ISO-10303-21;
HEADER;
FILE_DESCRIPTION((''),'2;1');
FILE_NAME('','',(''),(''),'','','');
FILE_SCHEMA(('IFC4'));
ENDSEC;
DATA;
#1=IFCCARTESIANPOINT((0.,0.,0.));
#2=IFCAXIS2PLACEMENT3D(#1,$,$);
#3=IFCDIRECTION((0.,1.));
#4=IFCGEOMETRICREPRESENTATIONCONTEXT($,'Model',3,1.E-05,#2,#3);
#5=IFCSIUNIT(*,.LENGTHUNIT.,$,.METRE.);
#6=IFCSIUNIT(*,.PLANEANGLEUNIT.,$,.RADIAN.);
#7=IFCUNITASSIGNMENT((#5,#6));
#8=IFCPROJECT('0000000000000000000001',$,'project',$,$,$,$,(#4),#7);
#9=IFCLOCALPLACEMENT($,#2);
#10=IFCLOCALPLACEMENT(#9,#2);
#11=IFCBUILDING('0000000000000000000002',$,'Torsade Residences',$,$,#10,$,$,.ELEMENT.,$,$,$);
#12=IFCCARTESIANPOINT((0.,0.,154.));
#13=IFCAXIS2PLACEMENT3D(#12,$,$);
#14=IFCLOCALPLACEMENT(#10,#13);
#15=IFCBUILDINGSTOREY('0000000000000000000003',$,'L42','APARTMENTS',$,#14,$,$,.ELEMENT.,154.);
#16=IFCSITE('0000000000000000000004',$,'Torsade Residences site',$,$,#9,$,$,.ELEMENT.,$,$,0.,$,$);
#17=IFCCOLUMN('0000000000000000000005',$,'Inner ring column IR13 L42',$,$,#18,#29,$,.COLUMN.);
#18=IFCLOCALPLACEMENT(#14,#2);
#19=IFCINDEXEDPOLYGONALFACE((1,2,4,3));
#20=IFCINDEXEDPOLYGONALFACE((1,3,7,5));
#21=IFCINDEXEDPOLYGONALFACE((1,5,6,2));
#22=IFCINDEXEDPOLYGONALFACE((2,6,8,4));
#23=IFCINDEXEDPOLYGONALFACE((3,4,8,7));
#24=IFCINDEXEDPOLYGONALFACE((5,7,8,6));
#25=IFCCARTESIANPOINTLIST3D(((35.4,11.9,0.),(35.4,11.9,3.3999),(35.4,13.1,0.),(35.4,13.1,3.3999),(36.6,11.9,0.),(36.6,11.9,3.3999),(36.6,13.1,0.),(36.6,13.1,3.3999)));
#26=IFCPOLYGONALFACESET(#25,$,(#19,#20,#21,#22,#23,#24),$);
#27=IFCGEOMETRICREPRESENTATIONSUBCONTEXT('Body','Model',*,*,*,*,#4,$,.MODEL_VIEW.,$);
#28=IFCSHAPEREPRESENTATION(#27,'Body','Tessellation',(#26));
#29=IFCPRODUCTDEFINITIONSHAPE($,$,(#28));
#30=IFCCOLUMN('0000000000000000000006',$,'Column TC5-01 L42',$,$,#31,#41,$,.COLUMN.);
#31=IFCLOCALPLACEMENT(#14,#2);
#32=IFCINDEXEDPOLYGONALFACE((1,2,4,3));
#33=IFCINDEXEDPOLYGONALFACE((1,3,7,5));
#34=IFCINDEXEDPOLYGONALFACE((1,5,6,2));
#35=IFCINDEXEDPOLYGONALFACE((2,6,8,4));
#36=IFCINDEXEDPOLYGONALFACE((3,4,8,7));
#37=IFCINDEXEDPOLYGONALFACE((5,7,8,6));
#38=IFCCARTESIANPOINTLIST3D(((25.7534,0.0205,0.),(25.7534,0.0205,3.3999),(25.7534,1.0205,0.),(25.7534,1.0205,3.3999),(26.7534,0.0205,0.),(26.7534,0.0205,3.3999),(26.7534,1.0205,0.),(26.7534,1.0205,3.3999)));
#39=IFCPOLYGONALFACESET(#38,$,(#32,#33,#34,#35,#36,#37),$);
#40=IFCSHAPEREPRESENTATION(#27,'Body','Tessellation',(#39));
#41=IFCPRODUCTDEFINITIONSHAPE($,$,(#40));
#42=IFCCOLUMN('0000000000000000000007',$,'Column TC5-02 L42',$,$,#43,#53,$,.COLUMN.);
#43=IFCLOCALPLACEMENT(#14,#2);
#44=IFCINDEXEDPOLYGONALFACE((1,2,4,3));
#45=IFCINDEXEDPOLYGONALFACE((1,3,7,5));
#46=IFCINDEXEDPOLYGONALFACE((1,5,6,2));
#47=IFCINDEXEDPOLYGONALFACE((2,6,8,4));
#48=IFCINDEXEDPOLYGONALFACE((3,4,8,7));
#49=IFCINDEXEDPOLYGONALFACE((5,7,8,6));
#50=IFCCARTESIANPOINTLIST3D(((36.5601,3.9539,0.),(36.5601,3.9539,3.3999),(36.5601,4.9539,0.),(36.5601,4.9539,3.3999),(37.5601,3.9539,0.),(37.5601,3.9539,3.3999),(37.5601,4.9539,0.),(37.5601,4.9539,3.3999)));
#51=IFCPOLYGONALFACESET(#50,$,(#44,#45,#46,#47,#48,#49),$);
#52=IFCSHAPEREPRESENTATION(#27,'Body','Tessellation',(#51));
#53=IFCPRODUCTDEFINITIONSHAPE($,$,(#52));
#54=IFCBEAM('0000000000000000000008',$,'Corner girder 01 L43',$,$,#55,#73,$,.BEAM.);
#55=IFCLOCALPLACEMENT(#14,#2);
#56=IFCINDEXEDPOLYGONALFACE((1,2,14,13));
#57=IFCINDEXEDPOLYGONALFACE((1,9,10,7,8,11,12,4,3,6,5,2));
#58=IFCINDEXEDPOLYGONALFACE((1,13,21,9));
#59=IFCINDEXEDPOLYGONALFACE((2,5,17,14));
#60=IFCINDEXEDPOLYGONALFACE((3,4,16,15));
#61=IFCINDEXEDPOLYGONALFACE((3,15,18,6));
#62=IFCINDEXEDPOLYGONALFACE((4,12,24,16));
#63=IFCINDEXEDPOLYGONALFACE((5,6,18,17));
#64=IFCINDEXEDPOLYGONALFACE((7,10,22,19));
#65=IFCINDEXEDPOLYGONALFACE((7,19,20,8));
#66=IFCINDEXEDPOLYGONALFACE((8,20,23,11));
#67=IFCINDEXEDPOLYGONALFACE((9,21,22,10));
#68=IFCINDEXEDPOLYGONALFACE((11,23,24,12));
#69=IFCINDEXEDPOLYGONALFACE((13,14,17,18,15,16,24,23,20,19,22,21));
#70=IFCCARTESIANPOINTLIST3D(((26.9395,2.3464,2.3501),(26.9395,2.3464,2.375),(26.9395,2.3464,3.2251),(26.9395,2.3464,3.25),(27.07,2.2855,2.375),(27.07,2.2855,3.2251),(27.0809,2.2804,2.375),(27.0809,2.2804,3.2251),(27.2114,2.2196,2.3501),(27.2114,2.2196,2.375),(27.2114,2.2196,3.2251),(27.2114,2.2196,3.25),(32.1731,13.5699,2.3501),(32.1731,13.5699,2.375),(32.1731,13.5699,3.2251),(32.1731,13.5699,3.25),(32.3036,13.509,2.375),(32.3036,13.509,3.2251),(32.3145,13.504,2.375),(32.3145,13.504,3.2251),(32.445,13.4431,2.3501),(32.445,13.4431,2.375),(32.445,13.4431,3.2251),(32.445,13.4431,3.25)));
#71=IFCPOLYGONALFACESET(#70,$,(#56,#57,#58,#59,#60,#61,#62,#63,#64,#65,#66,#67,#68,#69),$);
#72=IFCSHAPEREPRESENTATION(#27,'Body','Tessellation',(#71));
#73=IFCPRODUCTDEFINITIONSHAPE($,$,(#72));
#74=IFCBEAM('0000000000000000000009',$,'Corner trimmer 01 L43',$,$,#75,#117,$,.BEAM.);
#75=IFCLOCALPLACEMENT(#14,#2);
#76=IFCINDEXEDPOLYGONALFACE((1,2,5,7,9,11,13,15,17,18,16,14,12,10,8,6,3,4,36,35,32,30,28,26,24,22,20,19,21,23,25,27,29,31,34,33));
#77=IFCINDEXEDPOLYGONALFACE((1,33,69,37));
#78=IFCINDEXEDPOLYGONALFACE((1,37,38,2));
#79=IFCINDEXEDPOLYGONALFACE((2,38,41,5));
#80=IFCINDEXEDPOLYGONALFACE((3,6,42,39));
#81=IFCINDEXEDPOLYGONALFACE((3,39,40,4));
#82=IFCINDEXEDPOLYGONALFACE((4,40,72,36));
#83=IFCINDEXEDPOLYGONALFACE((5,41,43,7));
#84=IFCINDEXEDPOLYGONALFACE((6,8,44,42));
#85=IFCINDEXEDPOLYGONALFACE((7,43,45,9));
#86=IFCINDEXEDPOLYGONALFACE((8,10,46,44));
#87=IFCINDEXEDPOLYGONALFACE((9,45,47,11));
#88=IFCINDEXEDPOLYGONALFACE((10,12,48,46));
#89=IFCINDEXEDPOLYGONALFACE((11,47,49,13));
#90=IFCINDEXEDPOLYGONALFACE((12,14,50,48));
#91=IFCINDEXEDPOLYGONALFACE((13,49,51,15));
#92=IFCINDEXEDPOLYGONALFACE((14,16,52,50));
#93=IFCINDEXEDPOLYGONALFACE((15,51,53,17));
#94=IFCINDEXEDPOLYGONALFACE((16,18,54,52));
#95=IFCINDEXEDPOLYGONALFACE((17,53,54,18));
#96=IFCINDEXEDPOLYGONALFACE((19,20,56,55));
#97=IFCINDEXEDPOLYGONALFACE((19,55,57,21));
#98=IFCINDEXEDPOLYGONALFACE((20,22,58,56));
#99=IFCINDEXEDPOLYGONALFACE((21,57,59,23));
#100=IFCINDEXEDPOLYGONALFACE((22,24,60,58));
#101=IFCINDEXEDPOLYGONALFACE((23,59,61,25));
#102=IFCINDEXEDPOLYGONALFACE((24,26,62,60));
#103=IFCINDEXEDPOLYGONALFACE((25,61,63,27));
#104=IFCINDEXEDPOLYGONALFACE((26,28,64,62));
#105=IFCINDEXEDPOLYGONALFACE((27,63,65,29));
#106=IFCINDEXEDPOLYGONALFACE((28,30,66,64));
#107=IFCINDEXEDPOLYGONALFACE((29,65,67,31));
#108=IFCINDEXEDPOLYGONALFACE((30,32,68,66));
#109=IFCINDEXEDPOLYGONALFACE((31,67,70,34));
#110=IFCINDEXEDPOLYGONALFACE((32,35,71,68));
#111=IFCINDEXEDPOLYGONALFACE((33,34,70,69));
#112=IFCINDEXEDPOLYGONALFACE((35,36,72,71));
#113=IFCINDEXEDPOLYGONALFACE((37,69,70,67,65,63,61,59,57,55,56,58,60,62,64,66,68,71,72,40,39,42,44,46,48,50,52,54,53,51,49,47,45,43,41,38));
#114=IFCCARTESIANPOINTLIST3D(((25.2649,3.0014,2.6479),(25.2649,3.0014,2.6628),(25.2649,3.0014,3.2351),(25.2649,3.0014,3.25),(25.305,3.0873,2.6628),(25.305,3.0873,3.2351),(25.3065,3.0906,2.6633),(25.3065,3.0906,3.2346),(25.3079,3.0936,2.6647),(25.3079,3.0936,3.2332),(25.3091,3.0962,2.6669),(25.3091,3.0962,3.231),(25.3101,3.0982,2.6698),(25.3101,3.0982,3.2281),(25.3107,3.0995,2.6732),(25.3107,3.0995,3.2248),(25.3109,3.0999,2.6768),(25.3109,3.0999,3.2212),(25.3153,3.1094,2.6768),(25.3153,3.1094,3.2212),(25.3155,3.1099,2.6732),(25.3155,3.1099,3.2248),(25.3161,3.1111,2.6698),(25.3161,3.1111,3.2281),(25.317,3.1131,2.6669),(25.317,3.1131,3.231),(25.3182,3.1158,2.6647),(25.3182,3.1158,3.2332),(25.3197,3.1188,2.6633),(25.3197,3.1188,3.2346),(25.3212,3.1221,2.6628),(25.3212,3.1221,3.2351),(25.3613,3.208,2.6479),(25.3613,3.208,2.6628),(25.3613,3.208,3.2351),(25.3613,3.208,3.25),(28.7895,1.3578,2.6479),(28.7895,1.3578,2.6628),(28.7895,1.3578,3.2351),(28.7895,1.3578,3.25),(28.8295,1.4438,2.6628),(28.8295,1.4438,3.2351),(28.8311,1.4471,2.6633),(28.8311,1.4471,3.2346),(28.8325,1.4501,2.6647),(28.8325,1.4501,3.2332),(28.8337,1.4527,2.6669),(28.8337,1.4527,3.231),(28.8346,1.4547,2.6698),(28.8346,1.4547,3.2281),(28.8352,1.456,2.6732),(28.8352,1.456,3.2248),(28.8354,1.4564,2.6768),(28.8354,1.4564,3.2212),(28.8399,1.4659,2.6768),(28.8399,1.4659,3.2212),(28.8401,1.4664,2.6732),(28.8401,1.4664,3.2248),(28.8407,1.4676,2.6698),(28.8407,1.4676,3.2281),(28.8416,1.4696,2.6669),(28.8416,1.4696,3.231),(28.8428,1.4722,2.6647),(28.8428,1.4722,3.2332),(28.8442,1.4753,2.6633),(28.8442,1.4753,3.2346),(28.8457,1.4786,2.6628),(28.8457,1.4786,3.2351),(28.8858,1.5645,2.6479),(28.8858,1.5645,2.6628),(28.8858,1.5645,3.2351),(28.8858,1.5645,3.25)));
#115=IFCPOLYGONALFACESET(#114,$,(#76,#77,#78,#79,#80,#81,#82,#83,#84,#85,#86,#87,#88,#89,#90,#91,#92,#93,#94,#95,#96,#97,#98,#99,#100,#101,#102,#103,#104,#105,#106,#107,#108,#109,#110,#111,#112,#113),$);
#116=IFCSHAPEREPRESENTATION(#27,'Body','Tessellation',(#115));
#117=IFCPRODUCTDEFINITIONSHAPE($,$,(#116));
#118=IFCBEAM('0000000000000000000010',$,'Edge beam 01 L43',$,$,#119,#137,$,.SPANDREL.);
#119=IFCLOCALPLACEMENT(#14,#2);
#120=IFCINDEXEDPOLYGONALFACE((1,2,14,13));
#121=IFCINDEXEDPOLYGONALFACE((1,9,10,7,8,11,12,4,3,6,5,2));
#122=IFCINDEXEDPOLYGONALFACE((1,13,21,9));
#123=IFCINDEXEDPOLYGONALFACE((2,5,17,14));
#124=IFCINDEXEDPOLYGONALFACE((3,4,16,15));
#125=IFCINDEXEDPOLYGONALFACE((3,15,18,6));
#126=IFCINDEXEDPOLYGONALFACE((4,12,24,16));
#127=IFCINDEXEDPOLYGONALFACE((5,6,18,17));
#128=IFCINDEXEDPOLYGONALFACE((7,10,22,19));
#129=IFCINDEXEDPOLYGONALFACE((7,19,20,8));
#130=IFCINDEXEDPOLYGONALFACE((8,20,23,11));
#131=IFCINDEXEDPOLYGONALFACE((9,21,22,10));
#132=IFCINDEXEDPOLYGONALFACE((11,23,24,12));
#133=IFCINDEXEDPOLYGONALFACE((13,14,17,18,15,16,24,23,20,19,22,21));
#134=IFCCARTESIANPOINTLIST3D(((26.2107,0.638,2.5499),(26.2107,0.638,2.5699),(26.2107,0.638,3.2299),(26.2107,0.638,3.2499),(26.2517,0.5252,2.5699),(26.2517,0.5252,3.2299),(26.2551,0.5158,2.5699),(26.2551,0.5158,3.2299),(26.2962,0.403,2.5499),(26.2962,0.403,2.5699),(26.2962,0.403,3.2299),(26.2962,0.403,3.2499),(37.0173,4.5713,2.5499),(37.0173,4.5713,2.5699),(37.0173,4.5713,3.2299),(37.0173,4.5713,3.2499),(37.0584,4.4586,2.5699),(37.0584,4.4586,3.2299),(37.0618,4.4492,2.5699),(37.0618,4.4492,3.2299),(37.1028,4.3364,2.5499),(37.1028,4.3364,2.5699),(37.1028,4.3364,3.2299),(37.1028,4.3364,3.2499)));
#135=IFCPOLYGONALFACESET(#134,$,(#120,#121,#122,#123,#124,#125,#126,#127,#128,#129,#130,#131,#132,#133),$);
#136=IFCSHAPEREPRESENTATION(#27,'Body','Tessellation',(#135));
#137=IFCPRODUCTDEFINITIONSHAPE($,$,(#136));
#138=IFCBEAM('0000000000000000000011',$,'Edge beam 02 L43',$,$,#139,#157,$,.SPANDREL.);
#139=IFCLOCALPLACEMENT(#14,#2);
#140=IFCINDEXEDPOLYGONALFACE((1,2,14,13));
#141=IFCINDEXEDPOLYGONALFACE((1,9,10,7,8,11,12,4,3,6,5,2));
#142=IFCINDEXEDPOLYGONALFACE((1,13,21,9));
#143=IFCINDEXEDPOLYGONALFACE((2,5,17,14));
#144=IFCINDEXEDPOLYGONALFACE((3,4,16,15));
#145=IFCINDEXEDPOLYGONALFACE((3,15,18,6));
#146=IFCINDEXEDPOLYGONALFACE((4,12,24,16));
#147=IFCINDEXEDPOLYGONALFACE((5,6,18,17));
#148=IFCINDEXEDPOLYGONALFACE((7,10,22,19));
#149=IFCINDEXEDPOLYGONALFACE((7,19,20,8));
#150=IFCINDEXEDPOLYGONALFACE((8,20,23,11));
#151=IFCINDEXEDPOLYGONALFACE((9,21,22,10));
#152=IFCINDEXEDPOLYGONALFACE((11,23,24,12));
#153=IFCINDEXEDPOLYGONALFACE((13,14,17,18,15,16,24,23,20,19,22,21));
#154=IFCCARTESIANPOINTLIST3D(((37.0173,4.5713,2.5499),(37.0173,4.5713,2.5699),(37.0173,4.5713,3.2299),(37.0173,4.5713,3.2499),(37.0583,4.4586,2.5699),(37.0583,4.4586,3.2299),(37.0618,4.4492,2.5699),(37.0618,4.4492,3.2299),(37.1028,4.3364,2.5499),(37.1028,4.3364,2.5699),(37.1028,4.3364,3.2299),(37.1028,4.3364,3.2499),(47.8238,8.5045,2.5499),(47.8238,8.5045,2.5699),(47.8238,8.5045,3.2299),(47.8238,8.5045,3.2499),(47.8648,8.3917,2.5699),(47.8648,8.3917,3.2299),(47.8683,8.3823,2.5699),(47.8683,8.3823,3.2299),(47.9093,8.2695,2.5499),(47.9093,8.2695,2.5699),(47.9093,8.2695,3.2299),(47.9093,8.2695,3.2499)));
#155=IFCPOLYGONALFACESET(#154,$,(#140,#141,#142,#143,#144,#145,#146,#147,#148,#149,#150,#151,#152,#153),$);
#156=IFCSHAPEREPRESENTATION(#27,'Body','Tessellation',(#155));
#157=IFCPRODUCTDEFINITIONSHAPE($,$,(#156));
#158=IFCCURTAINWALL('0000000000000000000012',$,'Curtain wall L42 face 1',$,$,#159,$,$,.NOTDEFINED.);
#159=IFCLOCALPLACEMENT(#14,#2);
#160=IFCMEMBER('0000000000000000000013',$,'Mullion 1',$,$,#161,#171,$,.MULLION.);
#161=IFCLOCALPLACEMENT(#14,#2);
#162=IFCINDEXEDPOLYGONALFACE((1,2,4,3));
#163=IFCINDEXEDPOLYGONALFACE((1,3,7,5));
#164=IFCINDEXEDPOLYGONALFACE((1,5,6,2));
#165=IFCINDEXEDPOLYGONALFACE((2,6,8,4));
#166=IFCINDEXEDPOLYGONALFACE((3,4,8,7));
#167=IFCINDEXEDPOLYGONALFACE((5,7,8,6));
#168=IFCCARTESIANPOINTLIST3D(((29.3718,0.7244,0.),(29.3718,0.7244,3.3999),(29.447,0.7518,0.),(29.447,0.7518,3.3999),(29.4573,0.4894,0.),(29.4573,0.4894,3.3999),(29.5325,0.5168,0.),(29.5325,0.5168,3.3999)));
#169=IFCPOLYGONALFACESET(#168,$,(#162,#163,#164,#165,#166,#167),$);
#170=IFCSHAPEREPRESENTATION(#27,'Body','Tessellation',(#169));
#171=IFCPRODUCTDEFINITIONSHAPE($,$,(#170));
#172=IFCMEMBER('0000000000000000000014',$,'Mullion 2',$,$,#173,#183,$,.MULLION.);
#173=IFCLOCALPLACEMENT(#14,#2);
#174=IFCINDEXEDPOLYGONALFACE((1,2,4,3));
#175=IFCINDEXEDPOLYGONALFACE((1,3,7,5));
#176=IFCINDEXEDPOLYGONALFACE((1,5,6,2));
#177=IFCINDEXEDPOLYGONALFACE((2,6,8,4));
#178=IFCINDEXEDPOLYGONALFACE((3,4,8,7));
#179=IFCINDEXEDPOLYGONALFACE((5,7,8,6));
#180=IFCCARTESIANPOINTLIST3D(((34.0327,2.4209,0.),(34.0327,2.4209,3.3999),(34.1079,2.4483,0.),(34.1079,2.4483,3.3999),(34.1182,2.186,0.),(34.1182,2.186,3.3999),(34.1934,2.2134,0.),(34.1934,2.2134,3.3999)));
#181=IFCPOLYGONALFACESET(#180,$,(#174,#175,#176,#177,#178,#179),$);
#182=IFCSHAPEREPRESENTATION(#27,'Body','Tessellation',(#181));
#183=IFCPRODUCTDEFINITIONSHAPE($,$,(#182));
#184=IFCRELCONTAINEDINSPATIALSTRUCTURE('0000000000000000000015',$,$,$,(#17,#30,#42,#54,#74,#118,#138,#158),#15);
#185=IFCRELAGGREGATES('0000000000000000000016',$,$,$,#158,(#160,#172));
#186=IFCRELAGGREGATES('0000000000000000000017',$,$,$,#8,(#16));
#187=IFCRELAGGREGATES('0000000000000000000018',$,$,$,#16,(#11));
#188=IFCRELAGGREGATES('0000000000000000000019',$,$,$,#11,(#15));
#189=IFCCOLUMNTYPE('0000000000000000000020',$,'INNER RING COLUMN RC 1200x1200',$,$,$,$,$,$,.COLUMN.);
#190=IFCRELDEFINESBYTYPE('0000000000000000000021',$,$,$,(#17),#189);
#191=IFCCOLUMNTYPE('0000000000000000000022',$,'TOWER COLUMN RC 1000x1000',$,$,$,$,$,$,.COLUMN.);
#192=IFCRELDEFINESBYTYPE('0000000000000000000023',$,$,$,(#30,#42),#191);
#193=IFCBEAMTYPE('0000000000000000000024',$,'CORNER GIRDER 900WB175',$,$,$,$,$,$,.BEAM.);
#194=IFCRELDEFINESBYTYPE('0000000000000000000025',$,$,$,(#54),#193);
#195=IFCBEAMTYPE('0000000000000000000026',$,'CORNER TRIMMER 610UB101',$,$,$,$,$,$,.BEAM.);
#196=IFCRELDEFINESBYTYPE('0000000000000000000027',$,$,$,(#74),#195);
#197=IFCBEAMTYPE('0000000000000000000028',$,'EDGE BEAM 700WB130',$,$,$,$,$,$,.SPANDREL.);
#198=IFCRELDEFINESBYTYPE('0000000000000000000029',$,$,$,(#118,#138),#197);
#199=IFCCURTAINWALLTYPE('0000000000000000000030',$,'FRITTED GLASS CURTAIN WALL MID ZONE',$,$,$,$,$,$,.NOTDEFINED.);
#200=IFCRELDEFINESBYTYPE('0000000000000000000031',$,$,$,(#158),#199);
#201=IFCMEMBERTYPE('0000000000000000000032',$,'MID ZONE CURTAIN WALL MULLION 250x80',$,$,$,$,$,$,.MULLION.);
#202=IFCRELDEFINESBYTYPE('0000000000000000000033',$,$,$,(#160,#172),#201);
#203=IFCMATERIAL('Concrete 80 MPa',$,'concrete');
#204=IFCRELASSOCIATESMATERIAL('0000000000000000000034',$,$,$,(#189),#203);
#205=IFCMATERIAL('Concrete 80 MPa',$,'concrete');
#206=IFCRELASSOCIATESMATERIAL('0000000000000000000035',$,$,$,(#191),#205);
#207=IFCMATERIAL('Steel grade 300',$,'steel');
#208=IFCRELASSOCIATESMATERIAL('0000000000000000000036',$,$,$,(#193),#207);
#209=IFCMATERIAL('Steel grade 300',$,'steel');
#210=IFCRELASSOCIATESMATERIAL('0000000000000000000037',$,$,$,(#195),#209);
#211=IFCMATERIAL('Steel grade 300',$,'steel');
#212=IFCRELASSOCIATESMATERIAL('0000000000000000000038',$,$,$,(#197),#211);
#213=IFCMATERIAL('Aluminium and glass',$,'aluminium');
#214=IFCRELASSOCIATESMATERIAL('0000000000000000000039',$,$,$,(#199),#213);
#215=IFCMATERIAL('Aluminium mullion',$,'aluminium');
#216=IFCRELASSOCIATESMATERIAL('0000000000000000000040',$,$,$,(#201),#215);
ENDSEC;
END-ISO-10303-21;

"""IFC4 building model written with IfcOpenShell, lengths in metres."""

from ifc_helpers import new_model, si_unit, direction, frame, origin, origin_2d, place, context, subcontext, project, spatial, rectangle, i_section, extrude, material, material_profile, profile_set, type_object, element, aggregate, save


model = new_model("IFC4")

# Units and contexts
model_context = context("Model", 3, precision=1e-05, world=origin(), true_north=direction((0.0, 1.0)))
body_context = subcontext(model_context, "Body", "Model", "MODEL_VIEW")
ifc_project = project(units=[si_unit("LENGTHUNIT", "METRE"), si_unit("PLANEANGLEUNIT", "RADIAN")], contexts=[model_context])

# Site, building, storey
site_placement = place(None, origin())
site = spatial("IfcSite", under=ifc_project, at=site_placement, Name="Torsade Residences site", CompositionType="ELEMENT", RefElevation=0.0)
building_placement = place(site_placement, origin())
building = spatial("IfcBuilding", under=site, at=building_placement, Name="Torsade Residences", CompositionType="ELEMENT")
storey_placement = place(building_placement, frame((0.0, 0.0, 154.0)))
storey = spatial("IfcBuildingStorey", under=building, at=storey_placement, Name="L42", Description="APARTMENTS", CompositionType="ELEMENT", Elevation=154.0)

# Columns
ifc_material_1 = material(Name="Concrete 80 MPa", Category="concrete")
ifc_material_profile_1 = material_profile(ifc_material_1, rectangle(XDim=1.2, YDim=1.2, at=origin_2d()), Name="RC 1200x1200")
ifc_profile_set_1 = profile_set([ifc_material_profile_1], Name="Concrete 80 MPa")
column_type_1 = type_object("IfcColumnType", Name="INNER RING COLUMN RC 1200x1200", PredefinedType="COLUMN", material=ifc_profile_set_1)
column_placement = place(storey_placement, frame((36.0, 12.5, 0.0), z_axis=(0.0, 0.0, 1.0), x_axis=(1.0, 0.0, 0.0)))
element("IfcColumn", 1, at=column_placement, inside=storey, type_object=column_type_1, Name="Inner ring column IR13 L42", PredefinedType="COLUMN", context=body_context, shape_type="SweptSolid", body=[
    extrude(rectangle(XDim=1.2, YDim=1.2, at=origin_2d()), origin(), (0.0, 0.0, 1.0), 3.3999),
])
ifc_material_2 = material(Name="Concrete 80 MPa", Category="concrete")
ifc_material_profile_2 = material_profile(ifc_material_2, rectangle(XDim=1.0, YDim=1.0, at=origin_2d()), Name="RC 1000x1000")
ifc_profile_set_2 = profile_set([ifc_material_profile_2], Name="Concrete 80 MPa")
column_type_2 = type_object("IfcColumnType", Name="TOWER COLUMN RC 1000x1000", PredefinedType="COLUMN", material=ifc_profile_set_2)
for number, where, z_axis, x_axis, name in (
    (2, (26.2534, 0.5205, 0.0), (0.0, 0.0, 1.0), (1.0, 0.0, 0.0), "Column TC5-01 L42"),
    (3, (37.0601, 4.4539, 0.0), (0.0, 0.0, 1.0), (1.0, 0.0, 0.0), "Column TC5-02 L42"),
):
    element("IfcColumn", number, at=place(storey_placement, frame(where, z_axis=z_axis, x_axis=x_axis)), inside=storey, type_object=column_type_2, Name=name, PredefinedType="COLUMN", context=body_context, shape_type="SweptSolid", body=[
        extrude(rectangle(XDim=1.0, YDim=1.0, at=origin_2d()), origin(), (0.0, 0.0, 1.0), 3.3999),
    ])

# Beams
ifc_material_3 = material(Name="Steel grade 300", Category="steel")
ifc_material_profile_3 = material_profile(ifc_material_3, i_section(OverallWidth=0.3, OverallDepth=0.8999, WebThickness=0.012, FlangeThickness=0.0249, at=origin_2d()), Name="900WB175")
ifc_profile_set_3 = profile_set([ifc_material_profile_3], Name="Steel grade 300")
beam_type_1 = type_object("IfcBeamType", Name="CORNER GIRDER 900WB175", PredefinedType="BEAM", material=ifc_profile_set_3)
beam_1_placement = place(storey_placement, frame((27.0754, 2.283, 2.8), z_axis=(0.422617, 0.906309, 0.0), x_axis=(-0.906309, 0.422617, 0.0)))
element("IfcBeam", 4, at=beam_1_placement, inside=storey, type_object=beam_type_1, Name="Corner girder 01 L43", PredefinedType="BEAM", context=body_context, shape_type="SweptSolid", body=[
    extrude(i_section(OverallWidth=0.3, OverallDepth=0.8999, WebThickness=0.012, FlangeThickness=0.0249, at=origin_2d()), origin(), (0.0, 0.0, 1.0), 12.3838),
])
ifc_material_4 = material(Name="Steel grade 300", Category="steel")
ifc_material_profile_4 = material_profile(ifc_material_4, i_section(OverallWidth=0.228, OverallDepth=0.6021, WebThickness=0.0105, FlangeThickness=0.0149, FilletRadius=0.0139, at=origin_2d()), Name="610UB101")
ifc_profile_set_4 = profile_set([ifc_material_profile_4], Name="Steel grade 300")
beam_type_2 = type_object("IfcBeamType", Name="CORNER TRIMMER 610UB101", PredefinedType="BEAM", material=ifc_profile_set_4)
beam_2_placement = place(storey_placement, frame((28.8376, 1.4612, 2.949), z_axis=(-0.90631, 0.422614, 0.0), x_axis=(-0.422614, -0.90631, 0.0)))
element("IfcBeam", 5, at=beam_2_placement, inside=storey, type_object=beam_type_2, Name="Corner trimmer 01 L43", PredefinedType="BEAM", context=body_context, shape_type="SweptSolid", body=[
    extrude(i_section(OverallWidth=0.228, OverallDepth=0.6021, WebThickness=0.0105, FlangeThickness=0.0149, FilletRadius=0.0139, at=origin_2d()), origin(), (0.0, 0.0, 1.0), 3.8889),
])
ifc_material_5 = material(Name="Steel grade 300", Category="steel")
ifc_material_profile_5 = material_profile(ifc_material_5, i_section(OverallWidth=0.25, OverallDepth=0.7, WebThickness=0.01, FlangeThickness=0.02, at=origin_2d()), Name="700WB130")
ifc_profile_set_5 = profile_set([ifc_material_profile_5], Name="Steel grade 300")
beam_type_3 = type_object("IfcBeamType", Name="EDGE BEAM 700WB130", PredefinedType="SPANDREL", material=ifc_profile_set_5)
beam_3_placement = place(storey_placement, frame((26.2534, 0.5205, 2.8999), z_axis=(0.939691, 0.342024, 0.0), x_axis=(-0.342024, 0.939691, 0.0)))
element("IfcBeam", 6, at=beam_3_placement, inside=storey, type_object=beam_type_3, Name="Edge beam 01 L43", PredefinedType="SPANDREL", context=body_context, shape_type="SweptSolid", body=[
    extrude(i_section(OverallWidth=0.25, OverallDepth=0.7, WebThickness=0.01, FlangeThickness=0.02, at=origin_2d()), origin(), (0.0, 0.0, 1.0), 11.5002),
])
beam_4_placement = place(storey_placement, frame((37.0601, 4.4539, 2.8999), z_axis=(0.939695, 0.342012, 0.0), x_axis=(-0.342012, 0.939695, 0.0)))
element("IfcBeam", 7, at=beam_4_placement, inside=storey, type_object=beam_type_3, Name="Edge beam 02 L43", PredefinedType="SPANDREL", context=body_context, shape_type="SweptSolid", body=[
    extrude(i_section(OverallWidth=0.25, OverallDepth=0.7, WebThickness=0.01, FlangeThickness=0.02, at=origin_2d()), origin(), (0.0, 0.0, 1.0), 11.5),
])

# Curtain wall, members
ifc_material_6 = material(Name="Aluminium and glass", Category="aluminium")
curtain_wall_type = type_object("IfcCurtainWallType", Name="FRITTED GLASS CURTAIN WALL MID ZONE", PredefinedType="NOTDEFINED", material=ifc_material_6)
curtain_wall_placement = place(storey_placement, origin())
curtain_wall = element("IfcCurtainWall", 8, at=curtain_wall_placement, inside=storey, type_object=curtain_wall_type, Name="Curtain wall L42 face 1", PredefinedType="NOTDEFINED")
ifc_material_7 = material(Name="Aluminium mullion", Category="aluminium")
ifc_material_profile_6 = material_profile(ifc_material_7, rectangle(XDim=0.25, YDim=0.0801, at=origin_2d()), Name="MID ZONE CURTAIN WALL MULLION 250x80")
ifc_profile_set_6 = profile_set([ifc_material_profile_6], Name="Aluminium mullion")
member_type_1 = type_object("IfcMemberType", Name="MID ZONE CURTAIN WALL MULLION 250x80", PredefinedType="MULLION", material=ifc_profile_set_6)
member_1_placement = place(storey_placement, frame((29.4521, 0.6206, 0.0), z_axis=(0.0, 0.0, 1.0), x_axis=(-0.34202, 0.939693, 0.0)))
member_1 = element("IfcMember", 9, at=member_1_placement, type_object=member_type_1, Name="Mullion 1", PredefinedType="MULLION", context=body_context, shape_type="SweptSolid", body=[
    extrude(rectangle(XDim=0.25, YDim=0.0801, at=origin_2d()), origin(), (0.0, 0.0, 1.0), 3.3999),
])
member_2_placement = place(storey_placement, frame((34.113, 2.3171, 0.0), z_axis=(0.0, 0.0, 1.0), x_axis=(-0.34202, 0.939693, 0.0)))
member_2 = element("IfcMember", 10, at=member_2_placement, type_object=member_type_1, Name="Mullion 2", PredefinedType="MULLION", context=body_context, shape_type="SweptSolid", body=[
    extrude(rectangle(XDim=0.25, YDim=0.0801, at=origin_2d()), origin(), (0.0, 0.0, 1.0), 3.3999),
])

aggregate(curtain_wall, [member_1, member_2])

save(model, "model.ifc")
